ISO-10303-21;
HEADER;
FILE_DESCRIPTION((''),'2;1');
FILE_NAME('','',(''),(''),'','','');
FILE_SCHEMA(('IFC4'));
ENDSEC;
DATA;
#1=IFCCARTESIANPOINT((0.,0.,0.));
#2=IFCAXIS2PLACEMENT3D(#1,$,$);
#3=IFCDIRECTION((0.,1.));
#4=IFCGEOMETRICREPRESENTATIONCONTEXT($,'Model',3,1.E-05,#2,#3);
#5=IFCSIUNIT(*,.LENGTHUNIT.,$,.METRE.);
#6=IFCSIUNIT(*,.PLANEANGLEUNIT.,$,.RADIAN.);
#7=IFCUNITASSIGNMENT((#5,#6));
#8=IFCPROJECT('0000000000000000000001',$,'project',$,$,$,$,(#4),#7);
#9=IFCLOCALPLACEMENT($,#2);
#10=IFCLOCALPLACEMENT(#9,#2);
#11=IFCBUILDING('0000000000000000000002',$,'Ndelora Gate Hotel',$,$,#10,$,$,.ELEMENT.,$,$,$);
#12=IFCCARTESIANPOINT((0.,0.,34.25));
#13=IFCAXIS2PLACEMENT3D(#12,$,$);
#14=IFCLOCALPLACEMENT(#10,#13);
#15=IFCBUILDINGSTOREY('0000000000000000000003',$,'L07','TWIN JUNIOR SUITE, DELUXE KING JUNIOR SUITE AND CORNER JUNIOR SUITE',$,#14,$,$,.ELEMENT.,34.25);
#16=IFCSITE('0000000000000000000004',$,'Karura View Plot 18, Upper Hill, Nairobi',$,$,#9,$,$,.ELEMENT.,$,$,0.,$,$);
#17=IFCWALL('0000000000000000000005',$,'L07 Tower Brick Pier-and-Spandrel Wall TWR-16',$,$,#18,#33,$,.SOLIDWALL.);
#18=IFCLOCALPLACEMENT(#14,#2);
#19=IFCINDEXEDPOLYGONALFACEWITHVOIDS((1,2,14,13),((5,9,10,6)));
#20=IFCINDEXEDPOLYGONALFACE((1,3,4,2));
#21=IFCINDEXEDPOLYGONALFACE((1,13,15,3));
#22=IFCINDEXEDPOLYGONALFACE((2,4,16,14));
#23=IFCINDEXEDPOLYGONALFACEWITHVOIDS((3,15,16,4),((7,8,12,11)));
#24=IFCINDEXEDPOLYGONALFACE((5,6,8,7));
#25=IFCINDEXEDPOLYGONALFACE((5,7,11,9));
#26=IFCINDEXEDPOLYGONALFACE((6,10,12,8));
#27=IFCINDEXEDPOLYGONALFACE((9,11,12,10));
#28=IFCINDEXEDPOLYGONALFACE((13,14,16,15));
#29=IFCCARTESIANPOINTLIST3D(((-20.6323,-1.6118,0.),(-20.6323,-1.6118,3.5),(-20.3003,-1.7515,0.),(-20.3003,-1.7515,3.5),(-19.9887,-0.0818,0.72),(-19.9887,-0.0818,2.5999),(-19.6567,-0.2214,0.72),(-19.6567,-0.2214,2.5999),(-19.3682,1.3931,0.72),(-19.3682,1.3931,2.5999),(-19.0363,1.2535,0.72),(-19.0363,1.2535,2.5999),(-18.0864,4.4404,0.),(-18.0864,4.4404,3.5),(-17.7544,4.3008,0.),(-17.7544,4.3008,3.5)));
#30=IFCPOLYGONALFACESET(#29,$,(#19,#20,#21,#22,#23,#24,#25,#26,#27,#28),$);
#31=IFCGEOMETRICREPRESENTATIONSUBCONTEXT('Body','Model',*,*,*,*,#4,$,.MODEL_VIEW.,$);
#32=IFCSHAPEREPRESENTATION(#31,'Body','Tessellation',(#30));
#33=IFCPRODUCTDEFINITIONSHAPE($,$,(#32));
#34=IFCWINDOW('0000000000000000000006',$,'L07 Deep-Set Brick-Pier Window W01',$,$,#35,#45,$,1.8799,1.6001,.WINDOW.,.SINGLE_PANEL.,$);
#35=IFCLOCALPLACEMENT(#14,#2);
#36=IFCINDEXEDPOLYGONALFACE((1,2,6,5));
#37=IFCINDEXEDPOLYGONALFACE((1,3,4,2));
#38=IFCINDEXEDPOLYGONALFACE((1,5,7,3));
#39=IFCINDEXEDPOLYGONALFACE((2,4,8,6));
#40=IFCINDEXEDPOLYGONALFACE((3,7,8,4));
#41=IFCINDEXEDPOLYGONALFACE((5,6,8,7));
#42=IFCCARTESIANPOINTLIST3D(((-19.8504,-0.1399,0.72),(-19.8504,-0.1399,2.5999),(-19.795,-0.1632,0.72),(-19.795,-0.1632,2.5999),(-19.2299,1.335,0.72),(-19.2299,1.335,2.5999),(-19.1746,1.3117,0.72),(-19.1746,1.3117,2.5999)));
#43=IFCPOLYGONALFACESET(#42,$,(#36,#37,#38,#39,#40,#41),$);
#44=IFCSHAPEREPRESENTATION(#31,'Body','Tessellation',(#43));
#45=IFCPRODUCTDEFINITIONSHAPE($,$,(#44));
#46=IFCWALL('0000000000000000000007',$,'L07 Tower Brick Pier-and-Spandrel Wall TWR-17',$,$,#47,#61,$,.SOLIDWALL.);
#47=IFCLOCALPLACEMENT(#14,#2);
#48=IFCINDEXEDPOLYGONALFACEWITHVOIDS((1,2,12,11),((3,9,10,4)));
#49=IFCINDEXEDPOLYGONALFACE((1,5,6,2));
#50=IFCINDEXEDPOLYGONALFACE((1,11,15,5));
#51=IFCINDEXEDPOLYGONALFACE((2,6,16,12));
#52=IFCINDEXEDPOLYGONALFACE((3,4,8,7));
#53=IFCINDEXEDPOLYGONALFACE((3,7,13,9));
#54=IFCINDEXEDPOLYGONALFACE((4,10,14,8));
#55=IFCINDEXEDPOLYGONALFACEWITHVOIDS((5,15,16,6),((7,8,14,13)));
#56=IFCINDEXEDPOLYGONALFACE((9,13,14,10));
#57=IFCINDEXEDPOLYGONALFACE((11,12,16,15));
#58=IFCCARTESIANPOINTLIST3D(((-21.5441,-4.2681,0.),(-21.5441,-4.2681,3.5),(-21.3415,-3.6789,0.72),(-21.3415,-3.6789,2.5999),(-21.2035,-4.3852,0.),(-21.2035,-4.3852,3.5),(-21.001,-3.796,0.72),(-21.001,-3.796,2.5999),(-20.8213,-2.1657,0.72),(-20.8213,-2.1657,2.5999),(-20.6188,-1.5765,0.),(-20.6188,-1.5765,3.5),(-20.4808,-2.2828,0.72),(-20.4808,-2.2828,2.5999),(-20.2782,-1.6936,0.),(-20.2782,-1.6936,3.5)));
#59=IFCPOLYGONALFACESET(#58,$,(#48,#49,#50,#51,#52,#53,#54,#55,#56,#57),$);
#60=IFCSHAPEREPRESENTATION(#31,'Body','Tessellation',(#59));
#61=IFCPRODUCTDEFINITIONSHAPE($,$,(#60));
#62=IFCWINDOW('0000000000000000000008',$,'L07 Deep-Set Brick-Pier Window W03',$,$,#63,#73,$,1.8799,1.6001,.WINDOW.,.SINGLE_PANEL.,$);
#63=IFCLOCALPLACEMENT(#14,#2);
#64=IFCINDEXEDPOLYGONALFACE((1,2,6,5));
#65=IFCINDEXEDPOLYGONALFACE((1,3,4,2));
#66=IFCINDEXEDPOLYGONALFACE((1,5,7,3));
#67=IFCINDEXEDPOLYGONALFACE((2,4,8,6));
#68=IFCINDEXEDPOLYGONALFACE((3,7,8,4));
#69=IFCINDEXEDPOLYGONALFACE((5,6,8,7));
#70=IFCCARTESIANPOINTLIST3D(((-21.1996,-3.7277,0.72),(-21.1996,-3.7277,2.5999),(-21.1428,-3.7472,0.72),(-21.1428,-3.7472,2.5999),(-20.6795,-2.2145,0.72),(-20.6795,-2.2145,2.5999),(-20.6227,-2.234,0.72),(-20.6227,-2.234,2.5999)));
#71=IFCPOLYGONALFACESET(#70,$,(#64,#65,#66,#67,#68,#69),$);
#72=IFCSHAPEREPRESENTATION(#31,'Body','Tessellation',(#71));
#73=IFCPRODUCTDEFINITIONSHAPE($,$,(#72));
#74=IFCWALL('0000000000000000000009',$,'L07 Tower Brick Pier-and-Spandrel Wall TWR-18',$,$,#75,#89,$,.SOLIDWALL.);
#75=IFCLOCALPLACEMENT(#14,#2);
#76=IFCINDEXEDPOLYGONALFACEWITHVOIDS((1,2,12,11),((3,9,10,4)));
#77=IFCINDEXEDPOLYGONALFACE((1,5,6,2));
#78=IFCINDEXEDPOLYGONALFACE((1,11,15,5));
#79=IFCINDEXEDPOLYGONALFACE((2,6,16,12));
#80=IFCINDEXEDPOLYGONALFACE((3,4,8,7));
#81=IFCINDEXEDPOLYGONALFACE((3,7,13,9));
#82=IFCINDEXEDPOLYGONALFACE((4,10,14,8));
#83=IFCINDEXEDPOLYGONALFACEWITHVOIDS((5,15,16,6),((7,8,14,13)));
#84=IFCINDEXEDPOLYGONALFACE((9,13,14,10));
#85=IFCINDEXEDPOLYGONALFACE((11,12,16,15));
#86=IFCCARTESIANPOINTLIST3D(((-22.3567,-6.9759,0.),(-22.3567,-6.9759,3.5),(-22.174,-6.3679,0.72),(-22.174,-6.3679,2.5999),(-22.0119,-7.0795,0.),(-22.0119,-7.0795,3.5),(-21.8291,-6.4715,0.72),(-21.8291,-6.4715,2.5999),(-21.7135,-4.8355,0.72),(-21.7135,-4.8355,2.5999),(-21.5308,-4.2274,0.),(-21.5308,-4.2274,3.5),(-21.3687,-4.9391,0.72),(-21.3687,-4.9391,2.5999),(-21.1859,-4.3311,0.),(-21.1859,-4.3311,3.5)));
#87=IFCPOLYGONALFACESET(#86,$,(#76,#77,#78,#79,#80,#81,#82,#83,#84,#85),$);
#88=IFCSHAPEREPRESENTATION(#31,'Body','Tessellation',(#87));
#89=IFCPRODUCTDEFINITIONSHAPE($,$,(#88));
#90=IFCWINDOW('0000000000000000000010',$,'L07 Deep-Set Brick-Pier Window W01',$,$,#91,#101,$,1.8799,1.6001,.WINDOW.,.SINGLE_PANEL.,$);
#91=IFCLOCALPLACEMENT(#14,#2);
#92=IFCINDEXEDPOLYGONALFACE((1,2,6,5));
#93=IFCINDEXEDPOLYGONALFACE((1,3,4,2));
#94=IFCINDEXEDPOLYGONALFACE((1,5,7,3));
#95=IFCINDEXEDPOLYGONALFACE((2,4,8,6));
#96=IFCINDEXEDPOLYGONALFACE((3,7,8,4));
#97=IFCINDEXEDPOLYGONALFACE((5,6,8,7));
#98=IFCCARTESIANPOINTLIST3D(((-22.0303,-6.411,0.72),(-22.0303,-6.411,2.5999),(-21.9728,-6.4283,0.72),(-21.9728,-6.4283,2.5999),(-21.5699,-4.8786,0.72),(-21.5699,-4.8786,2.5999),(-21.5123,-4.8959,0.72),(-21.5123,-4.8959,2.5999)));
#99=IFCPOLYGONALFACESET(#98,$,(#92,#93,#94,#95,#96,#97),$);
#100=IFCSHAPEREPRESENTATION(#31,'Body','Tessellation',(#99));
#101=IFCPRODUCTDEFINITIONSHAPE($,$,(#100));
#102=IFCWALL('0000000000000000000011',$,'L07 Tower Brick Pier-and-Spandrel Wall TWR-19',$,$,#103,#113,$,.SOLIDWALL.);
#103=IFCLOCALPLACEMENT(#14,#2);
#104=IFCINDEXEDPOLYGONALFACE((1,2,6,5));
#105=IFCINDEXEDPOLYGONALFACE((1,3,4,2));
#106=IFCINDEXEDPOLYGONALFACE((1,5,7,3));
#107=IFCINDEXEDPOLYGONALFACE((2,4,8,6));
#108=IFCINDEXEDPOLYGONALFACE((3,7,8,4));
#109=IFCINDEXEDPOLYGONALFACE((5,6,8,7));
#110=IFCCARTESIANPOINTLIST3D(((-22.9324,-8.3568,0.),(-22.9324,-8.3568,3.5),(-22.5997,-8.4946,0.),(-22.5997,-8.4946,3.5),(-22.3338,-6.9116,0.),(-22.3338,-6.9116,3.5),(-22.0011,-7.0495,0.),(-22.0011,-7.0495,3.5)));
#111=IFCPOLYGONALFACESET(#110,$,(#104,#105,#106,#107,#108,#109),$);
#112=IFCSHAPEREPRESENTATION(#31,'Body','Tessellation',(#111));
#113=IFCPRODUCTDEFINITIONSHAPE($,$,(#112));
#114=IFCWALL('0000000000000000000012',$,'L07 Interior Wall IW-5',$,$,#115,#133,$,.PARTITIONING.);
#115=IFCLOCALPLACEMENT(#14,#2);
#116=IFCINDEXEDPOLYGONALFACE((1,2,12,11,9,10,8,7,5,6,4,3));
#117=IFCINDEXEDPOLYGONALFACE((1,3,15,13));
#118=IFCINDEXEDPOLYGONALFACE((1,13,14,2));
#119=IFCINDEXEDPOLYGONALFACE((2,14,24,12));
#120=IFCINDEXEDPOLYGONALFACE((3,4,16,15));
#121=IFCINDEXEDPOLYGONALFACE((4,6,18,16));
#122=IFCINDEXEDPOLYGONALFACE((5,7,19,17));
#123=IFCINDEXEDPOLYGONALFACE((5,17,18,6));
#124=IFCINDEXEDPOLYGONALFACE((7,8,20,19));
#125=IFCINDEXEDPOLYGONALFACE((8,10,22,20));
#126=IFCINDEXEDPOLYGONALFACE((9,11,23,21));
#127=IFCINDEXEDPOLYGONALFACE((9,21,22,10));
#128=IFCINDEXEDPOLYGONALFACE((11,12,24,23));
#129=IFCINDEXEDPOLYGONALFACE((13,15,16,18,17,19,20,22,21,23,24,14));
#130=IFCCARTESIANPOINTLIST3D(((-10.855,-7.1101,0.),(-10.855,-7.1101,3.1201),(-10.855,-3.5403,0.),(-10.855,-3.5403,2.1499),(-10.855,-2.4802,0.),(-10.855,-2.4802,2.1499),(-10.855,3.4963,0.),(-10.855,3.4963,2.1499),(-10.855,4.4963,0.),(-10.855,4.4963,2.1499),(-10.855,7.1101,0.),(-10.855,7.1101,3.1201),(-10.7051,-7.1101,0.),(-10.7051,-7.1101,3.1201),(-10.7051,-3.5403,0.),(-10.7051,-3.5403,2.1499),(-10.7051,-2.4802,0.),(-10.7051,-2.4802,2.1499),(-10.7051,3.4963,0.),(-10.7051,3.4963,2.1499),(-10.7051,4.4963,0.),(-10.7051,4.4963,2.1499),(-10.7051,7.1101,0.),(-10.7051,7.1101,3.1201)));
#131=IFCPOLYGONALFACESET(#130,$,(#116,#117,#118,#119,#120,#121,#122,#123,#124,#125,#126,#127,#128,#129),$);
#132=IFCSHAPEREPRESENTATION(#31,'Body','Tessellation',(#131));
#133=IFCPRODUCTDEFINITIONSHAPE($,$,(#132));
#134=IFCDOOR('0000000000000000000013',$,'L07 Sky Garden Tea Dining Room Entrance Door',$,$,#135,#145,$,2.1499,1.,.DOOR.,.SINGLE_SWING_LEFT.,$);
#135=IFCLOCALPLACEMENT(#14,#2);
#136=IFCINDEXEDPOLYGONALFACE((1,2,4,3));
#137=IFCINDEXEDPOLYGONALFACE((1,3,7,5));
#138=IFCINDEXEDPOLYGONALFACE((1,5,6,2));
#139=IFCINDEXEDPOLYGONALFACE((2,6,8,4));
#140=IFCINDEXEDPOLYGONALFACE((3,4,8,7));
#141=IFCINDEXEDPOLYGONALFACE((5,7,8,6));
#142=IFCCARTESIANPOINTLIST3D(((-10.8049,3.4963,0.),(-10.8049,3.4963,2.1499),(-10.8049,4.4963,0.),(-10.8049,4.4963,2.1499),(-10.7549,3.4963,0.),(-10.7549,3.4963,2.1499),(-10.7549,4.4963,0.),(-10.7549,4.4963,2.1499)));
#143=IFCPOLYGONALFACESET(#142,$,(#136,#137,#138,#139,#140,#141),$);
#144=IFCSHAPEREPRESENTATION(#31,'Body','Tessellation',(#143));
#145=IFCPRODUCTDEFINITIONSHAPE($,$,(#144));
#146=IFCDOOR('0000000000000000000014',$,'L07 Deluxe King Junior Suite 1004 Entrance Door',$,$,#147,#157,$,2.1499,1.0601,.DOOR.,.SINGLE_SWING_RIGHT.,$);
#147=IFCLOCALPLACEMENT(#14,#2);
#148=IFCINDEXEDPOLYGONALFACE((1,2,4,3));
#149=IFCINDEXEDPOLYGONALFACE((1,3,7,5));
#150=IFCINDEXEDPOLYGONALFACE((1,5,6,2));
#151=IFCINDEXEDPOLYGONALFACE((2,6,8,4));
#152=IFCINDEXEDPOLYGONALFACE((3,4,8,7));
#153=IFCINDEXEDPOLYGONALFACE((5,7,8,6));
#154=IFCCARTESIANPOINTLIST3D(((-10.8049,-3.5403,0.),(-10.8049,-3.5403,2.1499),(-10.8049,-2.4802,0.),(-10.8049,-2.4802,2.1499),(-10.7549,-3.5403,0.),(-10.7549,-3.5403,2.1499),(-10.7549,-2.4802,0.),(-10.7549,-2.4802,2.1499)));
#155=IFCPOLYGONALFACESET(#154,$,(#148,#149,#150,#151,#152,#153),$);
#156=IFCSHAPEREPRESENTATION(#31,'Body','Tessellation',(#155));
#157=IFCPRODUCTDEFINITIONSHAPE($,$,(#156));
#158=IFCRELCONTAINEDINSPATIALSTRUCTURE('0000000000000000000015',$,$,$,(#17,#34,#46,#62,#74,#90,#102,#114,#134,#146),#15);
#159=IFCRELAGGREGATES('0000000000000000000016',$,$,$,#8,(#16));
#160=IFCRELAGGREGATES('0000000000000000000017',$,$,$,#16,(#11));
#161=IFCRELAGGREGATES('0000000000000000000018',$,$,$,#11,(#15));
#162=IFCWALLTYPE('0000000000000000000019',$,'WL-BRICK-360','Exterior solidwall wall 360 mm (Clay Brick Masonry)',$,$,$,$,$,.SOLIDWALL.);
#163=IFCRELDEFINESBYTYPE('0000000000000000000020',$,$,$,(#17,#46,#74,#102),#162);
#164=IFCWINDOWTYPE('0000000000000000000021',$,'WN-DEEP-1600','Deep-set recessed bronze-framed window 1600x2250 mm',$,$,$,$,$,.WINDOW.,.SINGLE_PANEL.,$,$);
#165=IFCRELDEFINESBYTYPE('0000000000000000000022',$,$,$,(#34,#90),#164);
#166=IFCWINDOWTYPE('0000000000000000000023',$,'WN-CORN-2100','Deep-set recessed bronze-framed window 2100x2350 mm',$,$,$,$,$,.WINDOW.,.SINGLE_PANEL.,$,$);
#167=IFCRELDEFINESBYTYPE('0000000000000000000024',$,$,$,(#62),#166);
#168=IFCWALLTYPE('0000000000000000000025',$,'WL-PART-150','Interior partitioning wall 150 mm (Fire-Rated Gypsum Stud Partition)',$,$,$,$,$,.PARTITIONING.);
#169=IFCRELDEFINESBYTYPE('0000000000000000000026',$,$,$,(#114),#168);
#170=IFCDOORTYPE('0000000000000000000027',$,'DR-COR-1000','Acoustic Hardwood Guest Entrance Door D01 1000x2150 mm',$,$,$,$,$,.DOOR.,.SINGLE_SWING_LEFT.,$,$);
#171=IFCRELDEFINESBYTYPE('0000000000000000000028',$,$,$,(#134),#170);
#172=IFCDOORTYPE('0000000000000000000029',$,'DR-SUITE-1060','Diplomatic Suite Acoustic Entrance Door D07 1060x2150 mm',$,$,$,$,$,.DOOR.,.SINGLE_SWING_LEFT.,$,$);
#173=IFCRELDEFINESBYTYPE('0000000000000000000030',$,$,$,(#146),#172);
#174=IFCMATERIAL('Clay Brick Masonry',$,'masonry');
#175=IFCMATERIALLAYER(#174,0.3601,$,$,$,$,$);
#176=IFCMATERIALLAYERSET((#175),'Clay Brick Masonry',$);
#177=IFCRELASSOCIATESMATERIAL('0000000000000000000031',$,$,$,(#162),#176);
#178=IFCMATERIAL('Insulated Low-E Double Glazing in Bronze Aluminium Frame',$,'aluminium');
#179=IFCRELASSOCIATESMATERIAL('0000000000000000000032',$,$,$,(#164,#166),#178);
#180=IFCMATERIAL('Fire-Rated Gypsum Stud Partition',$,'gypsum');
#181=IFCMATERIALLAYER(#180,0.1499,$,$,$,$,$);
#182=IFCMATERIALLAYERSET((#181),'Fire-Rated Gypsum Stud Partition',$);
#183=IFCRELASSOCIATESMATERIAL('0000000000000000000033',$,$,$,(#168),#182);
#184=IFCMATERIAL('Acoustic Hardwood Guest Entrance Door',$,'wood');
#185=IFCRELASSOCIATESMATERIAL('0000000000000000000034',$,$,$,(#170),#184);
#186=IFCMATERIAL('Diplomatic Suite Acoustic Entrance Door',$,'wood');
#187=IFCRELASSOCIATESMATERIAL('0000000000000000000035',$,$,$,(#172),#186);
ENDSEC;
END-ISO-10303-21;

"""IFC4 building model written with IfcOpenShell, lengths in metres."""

from ifc_helpers import new_model, si_unit, direction, frame, frame_2d, origin, place, context, subcontext, project, spatial, rectangle, extrude, material, layer, layer_set, type_object, element, fill, save


model = new_model("IFC4")

# Units and contexts
model_context = context("Model", 3, precision=1e-05, world=origin(), true_north=direction((0.0, 1.0)))
body_context = subcontext(model_context, "Body", "Model", "MODEL_VIEW")
ifc_project = project(units=[si_unit("LENGTHUNIT", "METRE"), si_unit("PLANEANGLEUNIT", "RADIAN")], contexts=[model_context])

# Site, building, storey
site_placement = place(None, origin())
site = spatial("IfcSite", under=ifc_project, at=site_placement, Name="Karura View Plot 18, Upper Hill, Nairobi", CompositionType="ELEMENT", RefElevation=0.0)
building_placement = place(site_placement, origin())
building = spatial("IfcBuilding", under=site, at=building_placement, Name="Ndelora Gate Hotel", CompositionType="ELEMENT")
storey_placement = place(building_placement, frame((0.0, 0.0, 34.25)))
storey = spatial("IfcBuildingStorey", under=building, at=storey_placement, Name="L07", Description="TWIN JUNIOR SUITE, DELUXE KING JUNIOR SUITE AND CORNER JUNIOR SUITE", CompositionType="ELEMENT", Elevation=34.25)

# Walls, openings, windows
ifc_material_1 = material(Name="Clay Brick Masonry", Category="masonry")
ifc_layer_1 = layer(ifc_material_1, 0.3601)
ifc_layer_set_1 = layer_set([ifc_layer_1], Name="Clay Brick Masonry")
wall_type_1 = type_object("IfcWallType", Name="WL-BRICK-360", Description="Exterior solidwall wall 360 mm (Clay Brick Masonry)", PredefinedType="SOLIDWALL", material=ifc_layer_set_1)
wall_1_placement = place(storey_placement, frame((-20.4663, -1.6816, 0.0), z_axis=(0.0, 0.0, 1.0), x_axis=(0.387744, 0.921767, 0.0)))
wall_1 = element("IfcWall", 1, at=wall_1_placement, inside=storey, type_object=wall_type_1, Name="L07 Tower Brick Pier-and-Spandrel Wall TWR-16", PredefinedType="SOLIDWALL", context=body_context, shape_type="SweptSolid", body=[
    extrude(rectangle(XDim=6.5659, YDim=0.3601, at=frame_2d((3.283, 0.0))), origin(), (0.0, 0.0, 1.0), 3.5),
])
opening_1_placement = place(wall_1_placement, frame((1.6599, 0.0, 0.72)))
opening_1 = element("IfcOpeningElement", 2, at=opening_1_placement, cuts=wall_1, PredefinedType="OPENING", context=body_context, shape_type="SweptSolid", body=[
    extrude(rectangle(XDim=1.6001, YDim=1.8799, at=frame_2d((0.8, 0.9399))), frame((0.0, 0.1899, 0.0), z_axis=(0.0, -1.0, 0.0), x_axis=(1.0, 0.0, 0.0)), (0.0, 0.0, 1.0), 0.3801),
])
ifc_material_2 = material(Name="Insulated Low-E Double Glazing in Bronze Aluminium Frame", Category="aluminium")
window_type_1 = type_object("IfcWindowType", Name="WN-DEEP-1600", Description="Deep-set recessed bronze-framed window 1600x2250 mm", PartitioningType="SINGLE_PANEL", PredefinedType="WINDOW", material=ifc_material_2)
window_1_placement = place(opening_1_placement, origin())
window_1 = element("IfcWindow", 3, at=window_1_placement, inside=storey, type_object=window_type_1, Name="L07 Deep-Set Brick-Pier Window W01", OverallHeight=1.8799, OverallWidth=1.6001, PartitioningType="SINGLE_PANEL", PredefinedType="WINDOW", context=body_context, shape_type="SweptSolid", body=[
    extrude(rectangle(XDim=1.6001, YDim=1.8799, at=frame_2d((0.8, 0.9399))), frame((0.0, 0.03, 0.0), z_axis=(0.0, -1.0, 0.0), x_axis=(1.0, 0.0, 0.0)), (0.0, 0.0, 1.0), 0.0601),
])
fill(opening_1, window_1)
wall_2_placement = place(storey_placement, frame((-21.3738, -4.3267, 0.0), z_axis=(0.0, 0.0, 1.0), x_axis=(0.325092, 0.945682, 0.0)))
wall_2 = element("IfcWall", 4, at=wall_2_placement, inside=storey, type_object=wall_type_1, Name="L07 Tower Brick Pier-and-Spandrel Wall TWR-17", PredefinedType="SOLIDWALL", context=body_context, shape_type="SweptSolid", body=[
    extrude(rectangle(XDim=2.8462, YDim=0.3601, at=frame_2d((1.4231, 0.0))), origin(), (0.0, 0.0, 1.0), 3.5),
])
opening_2_placement = place(wall_2_placement, frame((0.623, 0.0, 0.72)))
opening_2 = element("IfcOpeningElement", 5, at=opening_2_placement, cuts=wall_2, PredefinedType="OPENING", context=body_context, shape_type="SweptSolid", body=[
    extrude(rectangle(XDim=1.6001, YDim=1.8799, at=frame_2d((0.8, 0.9399))), frame((0.0, 0.1899, 0.0), z_axis=(0.0, -1.0, 0.0), x_axis=(1.0, 0.0, 0.0)), (0.0, 0.0, 1.0), 0.3801),
])
window_type_2 = type_object("IfcWindowType", Name="WN-CORN-2100", Description="Deep-set recessed bronze-framed window 2100x2350 mm", PartitioningType="SINGLE_PANEL", PredefinedType="WINDOW", material=ifc_material_2)
window_2_placement = place(opening_2_placement, origin())
window_2 = element("IfcWindow", 6, at=window_2_placement, inside=storey, type_object=window_type_2, Name="L07 Deep-Set Brick-Pier Window W03", OverallHeight=1.8799, OverallWidth=1.6001, PartitioningType="SINGLE_PANEL", PredefinedType="WINDOW", context=body_context, shape_type="SweptSolid", body=[
    extrude(rectangle(XDim=1.6001, YDim=1.8799, at=frame_2d((0.8, 0.9399))), frame((0.0, 0.03, 0.0), z_axis=(0.0, -1.0, 0.0), x_axis=(1.0, 0.0, 0.0)), (0.0, 0.0, 1.0), 0.0601),
])
fill(opening_2, window_2)
wall_3_placement = place(storey_placement, frame((-22.1843, -7.0278, 0.0), z_axis=(0.0, 0.0, 1.0), x_axis=(0.287785, 0.957695, 0.0)))
wall_3 = element("IfcWall", 7, at=wall_3_placement, inside=storey, type_object=wall_type_1, Name="L07 Tower Brick Pier-and-Spandrel Wall TWR-18", PredefinedType="SOLIDWALL", context=body_context, shape_type="SweptSolid", body=[
    extrude(rectangle(XDim=2.8699, YDim=0.3601, at=frame_2d((1.4351, 0.0))), origin(), (0.0, 0.0, 1.0), 3.5),
])
opening_3_placement = place(wall_3_placement, frame((0.635, 0.0, 0.72)))
opening_3 = element("IfcOpeningElement", 8, at=opening_3_placement, cuts=wall_3, PredefinedType="OPENING", context=body_context, shape_type="SweptSolid", body=[
    extrude(rectangle(XDim=1.6001, YDim=1.8799, at=frame_2d((0.8, 0.9399))), frame((0.0, 0.1899, 0.0), z_axis=(0.0, -1.0, 0.0), x_axis=(1.0, 0.0, 0.0)), (0.0, 0.0, 1.0), 0.3801),
])
window_3_placement = place(opening_3_placement, origin())
window_3 = element("IfcWindow", 9, at=window_3_placement, inside=storey, type_object=window_type_1, Name="L07 Deep-Set Brick-Pier Window W01", OverallHeight=1.8799, OverallWidth=1.6001, PartitioningType="SINGLE_PANEL", PredefinedType="WINDOW", context=body_context, shape_type="SweptSolid", body=[
    extrude(rectangle(XDim=1.6001, YDim=1.8799, at=frame_2d((0.8, 0.9399))), frame((0.0, 0.03, 0.0), z_axis=(0.0, -1.0, 0.0), x_axis=(1.0, 0.0, 0.0)), (0.0, 0.0, 1.0), 0.0601),
])
fill(opening_3, window_3)

# Wall
wall_4_placement = place(storey_placement, frame((-22.7661, -8.4258, 0.0), z_axis=(0.0, 0.0, 1.0), x_axis=(0.382719, 0.923865, 0.0)))
element("IfcWall", 10, at=wall_4_placement, inside=storey, type_object=wall_type_1, Name="L07 Tower Brick Pier-and-Spandrel Wall TWR-19", PredefinedType="SOLIDWALL", context=body_context, shape_type="SweptSolid", body=[
    extrude(rectangle(XDim=1.5642, YDim=0.3601, at=frame_2d((0.7822, 0.0))), origin(), (0.0, 0.0, 1.0), 3.5),
])

# Wall, openings, doors
ifc_material_3 = material(Name="Fire-Rated Gypsum Stud Partition", Category="gypsum")
ifc_layer_2 = layer(ifc_material_3, 0.1499)
ifc_layer_set_2 = layer_set([ifc_layer_2], Name="Fire-Rated Gypsum Stud Partition")
wall_type_2 = type_object("IfcWallType", Name="WL-PART-150", Description="Interior partitioning wall 150 mm (Fire-Rated Gypsum Stud Partition)", PredefinedType="PARTITIONING", material=ifc_layer_set_2)
wall_5_placement = place(storey_placement, frame((-10.78, -7.1101, 0.0), z_axis=(0.0, 0.0, 1.0), x_axis=(0.0, 1.0, 0.0)))
wall_5 = element("IfcWall", 11, at=wall_5_placement, inside=storey, type_object=wall_type_2, Name="L07 Interior Wall IW-5", PredefinedType="PARTITIONING", context=body_context, shape_type="SweptSolid", body=[
    extrude(rectangle(XDim=14.2202, YDim=0.1499, at=frame_2d((7.1101, 0.0))), origin(), (0.0, 0.0, 1.0), 3.1201),
])
opening_4_placement = place(wall_5_placement, frame((10.6064, 0.0, 0.0)))
opening_4 = element("IfcOpeningElement", 12, at=opening_4_placement, cuts=wall_5, PredefinedType="OPENING", context=body_context, shape_type="SweptSolid", body=[
    extrude(rectangle(XDim=1.0, YDim=2.1499, at=frame_2d((0.5, 1.075))), frame((0.0, 0.085, 0.0), z_axis=(0.0, -1.0, 0.0), x_axis=(1.0, 0.0, 0.0)), (0.0, 0.0, 1.0), 0.1699),
])
opening_5_placement = place(wall_5_placement, frame((3.5698, 0.0, 0.0)))
opening_5 = element("IfcOpeningElement", 13, at=opening_5_placement, cuts=wall_5, PredefinedType="OPENING", context=body_context, shape_type="SweptSolid", body=[
    extrude(rectangle(XDim=1.0601, YDim=2.1499, at=frame_2d((0.53, 1.075))), frame((0.0, 0.085, 0.0), z_axis=(0.0, -1.0, 0.0), x_axis=(1.0, 0.0, 0.0)), (0.0, 0.0, 1.0), 0.1699),
])
ifc_material_4 = material(Name="Acoustic Hardwood Guest Entrance Door", Category="wood")
door_type_1 = type_object("IfcDoorType", Name="DR-COR-1000", Description="Acoustic Hardwood Guest Entrance Door D01 1000x2150 mm", OperationType="SINGLE_SWING_LEFT", PredefinedType="DOOR", material=ifc_material_4)
door_1_placement = place(opening_4_placement, origin())
door_1 = element("IfcDoor", 14, at=door_1_placement, inside=storey, type_object=door_type_1, Name="L07 Sky Garden Tea Dining Room Entrance Door", OperationType="SINGLE_SWING_LEFT", OverallHeight=2.1499, OverallWidth=1.0, PredefinedType="DOOR", context=body_context, shape_type="SweptSolid", body=[
    extrude(rectangle(XDim=1.0, YDim=2.1499, at=frame_2d((0.5, 1.075))), frame((0.0, 0.0249, 0.0), z_axis=(0.0, -1.0, 0.0), x_axis=(1.0, 0.0, 0.0)), (0.0, 0.0, 1.0), 0.05),
])
fill(opening_4, door_1)
ifc_material_5 = material(Name="Diplomatic Suite Acoustic Entrance Door", Category="wood")
door_type_2 = type_object("IfcDoorType", Name="DR-SUITE-1060", Description="Diplomatic Suite Acoustic Entrance Door D07 1060x2150 mm", OperationType="SINGLE_SWING_LEFT", PredefinedType="DOOR", material=ifc_material_5)
door_2_placement = place(opening_5_placement, origin())
door_2 = element("IfcDoor", 15, at=door_2_placement, inside=storey, type_object=door_type_2, Name="L07 Deluxe King Junior Suite 1004 Entrance Door", OperationType="SINGLE_SWING_RIGHT", OverallHeight=2.1499, OverallWidth=1.0601, PredefinedType="DOOR", context=body_context, shape_type="SweptSolid", body=[
    extrude(rectangle(XDim=1.0601, YDim=2.1499, at=frame_2d((0.53, 1.075))), frame((0.0, 0.0249, 0.0), z_axis=(0.0, -1.0, 0.0), x_axis=(1.0, 0.0, 0.0)), (0.0, 0.0, 1.0), 0.05),
])
fill(opening_5, door_2)

save(model, "model.ifc")
